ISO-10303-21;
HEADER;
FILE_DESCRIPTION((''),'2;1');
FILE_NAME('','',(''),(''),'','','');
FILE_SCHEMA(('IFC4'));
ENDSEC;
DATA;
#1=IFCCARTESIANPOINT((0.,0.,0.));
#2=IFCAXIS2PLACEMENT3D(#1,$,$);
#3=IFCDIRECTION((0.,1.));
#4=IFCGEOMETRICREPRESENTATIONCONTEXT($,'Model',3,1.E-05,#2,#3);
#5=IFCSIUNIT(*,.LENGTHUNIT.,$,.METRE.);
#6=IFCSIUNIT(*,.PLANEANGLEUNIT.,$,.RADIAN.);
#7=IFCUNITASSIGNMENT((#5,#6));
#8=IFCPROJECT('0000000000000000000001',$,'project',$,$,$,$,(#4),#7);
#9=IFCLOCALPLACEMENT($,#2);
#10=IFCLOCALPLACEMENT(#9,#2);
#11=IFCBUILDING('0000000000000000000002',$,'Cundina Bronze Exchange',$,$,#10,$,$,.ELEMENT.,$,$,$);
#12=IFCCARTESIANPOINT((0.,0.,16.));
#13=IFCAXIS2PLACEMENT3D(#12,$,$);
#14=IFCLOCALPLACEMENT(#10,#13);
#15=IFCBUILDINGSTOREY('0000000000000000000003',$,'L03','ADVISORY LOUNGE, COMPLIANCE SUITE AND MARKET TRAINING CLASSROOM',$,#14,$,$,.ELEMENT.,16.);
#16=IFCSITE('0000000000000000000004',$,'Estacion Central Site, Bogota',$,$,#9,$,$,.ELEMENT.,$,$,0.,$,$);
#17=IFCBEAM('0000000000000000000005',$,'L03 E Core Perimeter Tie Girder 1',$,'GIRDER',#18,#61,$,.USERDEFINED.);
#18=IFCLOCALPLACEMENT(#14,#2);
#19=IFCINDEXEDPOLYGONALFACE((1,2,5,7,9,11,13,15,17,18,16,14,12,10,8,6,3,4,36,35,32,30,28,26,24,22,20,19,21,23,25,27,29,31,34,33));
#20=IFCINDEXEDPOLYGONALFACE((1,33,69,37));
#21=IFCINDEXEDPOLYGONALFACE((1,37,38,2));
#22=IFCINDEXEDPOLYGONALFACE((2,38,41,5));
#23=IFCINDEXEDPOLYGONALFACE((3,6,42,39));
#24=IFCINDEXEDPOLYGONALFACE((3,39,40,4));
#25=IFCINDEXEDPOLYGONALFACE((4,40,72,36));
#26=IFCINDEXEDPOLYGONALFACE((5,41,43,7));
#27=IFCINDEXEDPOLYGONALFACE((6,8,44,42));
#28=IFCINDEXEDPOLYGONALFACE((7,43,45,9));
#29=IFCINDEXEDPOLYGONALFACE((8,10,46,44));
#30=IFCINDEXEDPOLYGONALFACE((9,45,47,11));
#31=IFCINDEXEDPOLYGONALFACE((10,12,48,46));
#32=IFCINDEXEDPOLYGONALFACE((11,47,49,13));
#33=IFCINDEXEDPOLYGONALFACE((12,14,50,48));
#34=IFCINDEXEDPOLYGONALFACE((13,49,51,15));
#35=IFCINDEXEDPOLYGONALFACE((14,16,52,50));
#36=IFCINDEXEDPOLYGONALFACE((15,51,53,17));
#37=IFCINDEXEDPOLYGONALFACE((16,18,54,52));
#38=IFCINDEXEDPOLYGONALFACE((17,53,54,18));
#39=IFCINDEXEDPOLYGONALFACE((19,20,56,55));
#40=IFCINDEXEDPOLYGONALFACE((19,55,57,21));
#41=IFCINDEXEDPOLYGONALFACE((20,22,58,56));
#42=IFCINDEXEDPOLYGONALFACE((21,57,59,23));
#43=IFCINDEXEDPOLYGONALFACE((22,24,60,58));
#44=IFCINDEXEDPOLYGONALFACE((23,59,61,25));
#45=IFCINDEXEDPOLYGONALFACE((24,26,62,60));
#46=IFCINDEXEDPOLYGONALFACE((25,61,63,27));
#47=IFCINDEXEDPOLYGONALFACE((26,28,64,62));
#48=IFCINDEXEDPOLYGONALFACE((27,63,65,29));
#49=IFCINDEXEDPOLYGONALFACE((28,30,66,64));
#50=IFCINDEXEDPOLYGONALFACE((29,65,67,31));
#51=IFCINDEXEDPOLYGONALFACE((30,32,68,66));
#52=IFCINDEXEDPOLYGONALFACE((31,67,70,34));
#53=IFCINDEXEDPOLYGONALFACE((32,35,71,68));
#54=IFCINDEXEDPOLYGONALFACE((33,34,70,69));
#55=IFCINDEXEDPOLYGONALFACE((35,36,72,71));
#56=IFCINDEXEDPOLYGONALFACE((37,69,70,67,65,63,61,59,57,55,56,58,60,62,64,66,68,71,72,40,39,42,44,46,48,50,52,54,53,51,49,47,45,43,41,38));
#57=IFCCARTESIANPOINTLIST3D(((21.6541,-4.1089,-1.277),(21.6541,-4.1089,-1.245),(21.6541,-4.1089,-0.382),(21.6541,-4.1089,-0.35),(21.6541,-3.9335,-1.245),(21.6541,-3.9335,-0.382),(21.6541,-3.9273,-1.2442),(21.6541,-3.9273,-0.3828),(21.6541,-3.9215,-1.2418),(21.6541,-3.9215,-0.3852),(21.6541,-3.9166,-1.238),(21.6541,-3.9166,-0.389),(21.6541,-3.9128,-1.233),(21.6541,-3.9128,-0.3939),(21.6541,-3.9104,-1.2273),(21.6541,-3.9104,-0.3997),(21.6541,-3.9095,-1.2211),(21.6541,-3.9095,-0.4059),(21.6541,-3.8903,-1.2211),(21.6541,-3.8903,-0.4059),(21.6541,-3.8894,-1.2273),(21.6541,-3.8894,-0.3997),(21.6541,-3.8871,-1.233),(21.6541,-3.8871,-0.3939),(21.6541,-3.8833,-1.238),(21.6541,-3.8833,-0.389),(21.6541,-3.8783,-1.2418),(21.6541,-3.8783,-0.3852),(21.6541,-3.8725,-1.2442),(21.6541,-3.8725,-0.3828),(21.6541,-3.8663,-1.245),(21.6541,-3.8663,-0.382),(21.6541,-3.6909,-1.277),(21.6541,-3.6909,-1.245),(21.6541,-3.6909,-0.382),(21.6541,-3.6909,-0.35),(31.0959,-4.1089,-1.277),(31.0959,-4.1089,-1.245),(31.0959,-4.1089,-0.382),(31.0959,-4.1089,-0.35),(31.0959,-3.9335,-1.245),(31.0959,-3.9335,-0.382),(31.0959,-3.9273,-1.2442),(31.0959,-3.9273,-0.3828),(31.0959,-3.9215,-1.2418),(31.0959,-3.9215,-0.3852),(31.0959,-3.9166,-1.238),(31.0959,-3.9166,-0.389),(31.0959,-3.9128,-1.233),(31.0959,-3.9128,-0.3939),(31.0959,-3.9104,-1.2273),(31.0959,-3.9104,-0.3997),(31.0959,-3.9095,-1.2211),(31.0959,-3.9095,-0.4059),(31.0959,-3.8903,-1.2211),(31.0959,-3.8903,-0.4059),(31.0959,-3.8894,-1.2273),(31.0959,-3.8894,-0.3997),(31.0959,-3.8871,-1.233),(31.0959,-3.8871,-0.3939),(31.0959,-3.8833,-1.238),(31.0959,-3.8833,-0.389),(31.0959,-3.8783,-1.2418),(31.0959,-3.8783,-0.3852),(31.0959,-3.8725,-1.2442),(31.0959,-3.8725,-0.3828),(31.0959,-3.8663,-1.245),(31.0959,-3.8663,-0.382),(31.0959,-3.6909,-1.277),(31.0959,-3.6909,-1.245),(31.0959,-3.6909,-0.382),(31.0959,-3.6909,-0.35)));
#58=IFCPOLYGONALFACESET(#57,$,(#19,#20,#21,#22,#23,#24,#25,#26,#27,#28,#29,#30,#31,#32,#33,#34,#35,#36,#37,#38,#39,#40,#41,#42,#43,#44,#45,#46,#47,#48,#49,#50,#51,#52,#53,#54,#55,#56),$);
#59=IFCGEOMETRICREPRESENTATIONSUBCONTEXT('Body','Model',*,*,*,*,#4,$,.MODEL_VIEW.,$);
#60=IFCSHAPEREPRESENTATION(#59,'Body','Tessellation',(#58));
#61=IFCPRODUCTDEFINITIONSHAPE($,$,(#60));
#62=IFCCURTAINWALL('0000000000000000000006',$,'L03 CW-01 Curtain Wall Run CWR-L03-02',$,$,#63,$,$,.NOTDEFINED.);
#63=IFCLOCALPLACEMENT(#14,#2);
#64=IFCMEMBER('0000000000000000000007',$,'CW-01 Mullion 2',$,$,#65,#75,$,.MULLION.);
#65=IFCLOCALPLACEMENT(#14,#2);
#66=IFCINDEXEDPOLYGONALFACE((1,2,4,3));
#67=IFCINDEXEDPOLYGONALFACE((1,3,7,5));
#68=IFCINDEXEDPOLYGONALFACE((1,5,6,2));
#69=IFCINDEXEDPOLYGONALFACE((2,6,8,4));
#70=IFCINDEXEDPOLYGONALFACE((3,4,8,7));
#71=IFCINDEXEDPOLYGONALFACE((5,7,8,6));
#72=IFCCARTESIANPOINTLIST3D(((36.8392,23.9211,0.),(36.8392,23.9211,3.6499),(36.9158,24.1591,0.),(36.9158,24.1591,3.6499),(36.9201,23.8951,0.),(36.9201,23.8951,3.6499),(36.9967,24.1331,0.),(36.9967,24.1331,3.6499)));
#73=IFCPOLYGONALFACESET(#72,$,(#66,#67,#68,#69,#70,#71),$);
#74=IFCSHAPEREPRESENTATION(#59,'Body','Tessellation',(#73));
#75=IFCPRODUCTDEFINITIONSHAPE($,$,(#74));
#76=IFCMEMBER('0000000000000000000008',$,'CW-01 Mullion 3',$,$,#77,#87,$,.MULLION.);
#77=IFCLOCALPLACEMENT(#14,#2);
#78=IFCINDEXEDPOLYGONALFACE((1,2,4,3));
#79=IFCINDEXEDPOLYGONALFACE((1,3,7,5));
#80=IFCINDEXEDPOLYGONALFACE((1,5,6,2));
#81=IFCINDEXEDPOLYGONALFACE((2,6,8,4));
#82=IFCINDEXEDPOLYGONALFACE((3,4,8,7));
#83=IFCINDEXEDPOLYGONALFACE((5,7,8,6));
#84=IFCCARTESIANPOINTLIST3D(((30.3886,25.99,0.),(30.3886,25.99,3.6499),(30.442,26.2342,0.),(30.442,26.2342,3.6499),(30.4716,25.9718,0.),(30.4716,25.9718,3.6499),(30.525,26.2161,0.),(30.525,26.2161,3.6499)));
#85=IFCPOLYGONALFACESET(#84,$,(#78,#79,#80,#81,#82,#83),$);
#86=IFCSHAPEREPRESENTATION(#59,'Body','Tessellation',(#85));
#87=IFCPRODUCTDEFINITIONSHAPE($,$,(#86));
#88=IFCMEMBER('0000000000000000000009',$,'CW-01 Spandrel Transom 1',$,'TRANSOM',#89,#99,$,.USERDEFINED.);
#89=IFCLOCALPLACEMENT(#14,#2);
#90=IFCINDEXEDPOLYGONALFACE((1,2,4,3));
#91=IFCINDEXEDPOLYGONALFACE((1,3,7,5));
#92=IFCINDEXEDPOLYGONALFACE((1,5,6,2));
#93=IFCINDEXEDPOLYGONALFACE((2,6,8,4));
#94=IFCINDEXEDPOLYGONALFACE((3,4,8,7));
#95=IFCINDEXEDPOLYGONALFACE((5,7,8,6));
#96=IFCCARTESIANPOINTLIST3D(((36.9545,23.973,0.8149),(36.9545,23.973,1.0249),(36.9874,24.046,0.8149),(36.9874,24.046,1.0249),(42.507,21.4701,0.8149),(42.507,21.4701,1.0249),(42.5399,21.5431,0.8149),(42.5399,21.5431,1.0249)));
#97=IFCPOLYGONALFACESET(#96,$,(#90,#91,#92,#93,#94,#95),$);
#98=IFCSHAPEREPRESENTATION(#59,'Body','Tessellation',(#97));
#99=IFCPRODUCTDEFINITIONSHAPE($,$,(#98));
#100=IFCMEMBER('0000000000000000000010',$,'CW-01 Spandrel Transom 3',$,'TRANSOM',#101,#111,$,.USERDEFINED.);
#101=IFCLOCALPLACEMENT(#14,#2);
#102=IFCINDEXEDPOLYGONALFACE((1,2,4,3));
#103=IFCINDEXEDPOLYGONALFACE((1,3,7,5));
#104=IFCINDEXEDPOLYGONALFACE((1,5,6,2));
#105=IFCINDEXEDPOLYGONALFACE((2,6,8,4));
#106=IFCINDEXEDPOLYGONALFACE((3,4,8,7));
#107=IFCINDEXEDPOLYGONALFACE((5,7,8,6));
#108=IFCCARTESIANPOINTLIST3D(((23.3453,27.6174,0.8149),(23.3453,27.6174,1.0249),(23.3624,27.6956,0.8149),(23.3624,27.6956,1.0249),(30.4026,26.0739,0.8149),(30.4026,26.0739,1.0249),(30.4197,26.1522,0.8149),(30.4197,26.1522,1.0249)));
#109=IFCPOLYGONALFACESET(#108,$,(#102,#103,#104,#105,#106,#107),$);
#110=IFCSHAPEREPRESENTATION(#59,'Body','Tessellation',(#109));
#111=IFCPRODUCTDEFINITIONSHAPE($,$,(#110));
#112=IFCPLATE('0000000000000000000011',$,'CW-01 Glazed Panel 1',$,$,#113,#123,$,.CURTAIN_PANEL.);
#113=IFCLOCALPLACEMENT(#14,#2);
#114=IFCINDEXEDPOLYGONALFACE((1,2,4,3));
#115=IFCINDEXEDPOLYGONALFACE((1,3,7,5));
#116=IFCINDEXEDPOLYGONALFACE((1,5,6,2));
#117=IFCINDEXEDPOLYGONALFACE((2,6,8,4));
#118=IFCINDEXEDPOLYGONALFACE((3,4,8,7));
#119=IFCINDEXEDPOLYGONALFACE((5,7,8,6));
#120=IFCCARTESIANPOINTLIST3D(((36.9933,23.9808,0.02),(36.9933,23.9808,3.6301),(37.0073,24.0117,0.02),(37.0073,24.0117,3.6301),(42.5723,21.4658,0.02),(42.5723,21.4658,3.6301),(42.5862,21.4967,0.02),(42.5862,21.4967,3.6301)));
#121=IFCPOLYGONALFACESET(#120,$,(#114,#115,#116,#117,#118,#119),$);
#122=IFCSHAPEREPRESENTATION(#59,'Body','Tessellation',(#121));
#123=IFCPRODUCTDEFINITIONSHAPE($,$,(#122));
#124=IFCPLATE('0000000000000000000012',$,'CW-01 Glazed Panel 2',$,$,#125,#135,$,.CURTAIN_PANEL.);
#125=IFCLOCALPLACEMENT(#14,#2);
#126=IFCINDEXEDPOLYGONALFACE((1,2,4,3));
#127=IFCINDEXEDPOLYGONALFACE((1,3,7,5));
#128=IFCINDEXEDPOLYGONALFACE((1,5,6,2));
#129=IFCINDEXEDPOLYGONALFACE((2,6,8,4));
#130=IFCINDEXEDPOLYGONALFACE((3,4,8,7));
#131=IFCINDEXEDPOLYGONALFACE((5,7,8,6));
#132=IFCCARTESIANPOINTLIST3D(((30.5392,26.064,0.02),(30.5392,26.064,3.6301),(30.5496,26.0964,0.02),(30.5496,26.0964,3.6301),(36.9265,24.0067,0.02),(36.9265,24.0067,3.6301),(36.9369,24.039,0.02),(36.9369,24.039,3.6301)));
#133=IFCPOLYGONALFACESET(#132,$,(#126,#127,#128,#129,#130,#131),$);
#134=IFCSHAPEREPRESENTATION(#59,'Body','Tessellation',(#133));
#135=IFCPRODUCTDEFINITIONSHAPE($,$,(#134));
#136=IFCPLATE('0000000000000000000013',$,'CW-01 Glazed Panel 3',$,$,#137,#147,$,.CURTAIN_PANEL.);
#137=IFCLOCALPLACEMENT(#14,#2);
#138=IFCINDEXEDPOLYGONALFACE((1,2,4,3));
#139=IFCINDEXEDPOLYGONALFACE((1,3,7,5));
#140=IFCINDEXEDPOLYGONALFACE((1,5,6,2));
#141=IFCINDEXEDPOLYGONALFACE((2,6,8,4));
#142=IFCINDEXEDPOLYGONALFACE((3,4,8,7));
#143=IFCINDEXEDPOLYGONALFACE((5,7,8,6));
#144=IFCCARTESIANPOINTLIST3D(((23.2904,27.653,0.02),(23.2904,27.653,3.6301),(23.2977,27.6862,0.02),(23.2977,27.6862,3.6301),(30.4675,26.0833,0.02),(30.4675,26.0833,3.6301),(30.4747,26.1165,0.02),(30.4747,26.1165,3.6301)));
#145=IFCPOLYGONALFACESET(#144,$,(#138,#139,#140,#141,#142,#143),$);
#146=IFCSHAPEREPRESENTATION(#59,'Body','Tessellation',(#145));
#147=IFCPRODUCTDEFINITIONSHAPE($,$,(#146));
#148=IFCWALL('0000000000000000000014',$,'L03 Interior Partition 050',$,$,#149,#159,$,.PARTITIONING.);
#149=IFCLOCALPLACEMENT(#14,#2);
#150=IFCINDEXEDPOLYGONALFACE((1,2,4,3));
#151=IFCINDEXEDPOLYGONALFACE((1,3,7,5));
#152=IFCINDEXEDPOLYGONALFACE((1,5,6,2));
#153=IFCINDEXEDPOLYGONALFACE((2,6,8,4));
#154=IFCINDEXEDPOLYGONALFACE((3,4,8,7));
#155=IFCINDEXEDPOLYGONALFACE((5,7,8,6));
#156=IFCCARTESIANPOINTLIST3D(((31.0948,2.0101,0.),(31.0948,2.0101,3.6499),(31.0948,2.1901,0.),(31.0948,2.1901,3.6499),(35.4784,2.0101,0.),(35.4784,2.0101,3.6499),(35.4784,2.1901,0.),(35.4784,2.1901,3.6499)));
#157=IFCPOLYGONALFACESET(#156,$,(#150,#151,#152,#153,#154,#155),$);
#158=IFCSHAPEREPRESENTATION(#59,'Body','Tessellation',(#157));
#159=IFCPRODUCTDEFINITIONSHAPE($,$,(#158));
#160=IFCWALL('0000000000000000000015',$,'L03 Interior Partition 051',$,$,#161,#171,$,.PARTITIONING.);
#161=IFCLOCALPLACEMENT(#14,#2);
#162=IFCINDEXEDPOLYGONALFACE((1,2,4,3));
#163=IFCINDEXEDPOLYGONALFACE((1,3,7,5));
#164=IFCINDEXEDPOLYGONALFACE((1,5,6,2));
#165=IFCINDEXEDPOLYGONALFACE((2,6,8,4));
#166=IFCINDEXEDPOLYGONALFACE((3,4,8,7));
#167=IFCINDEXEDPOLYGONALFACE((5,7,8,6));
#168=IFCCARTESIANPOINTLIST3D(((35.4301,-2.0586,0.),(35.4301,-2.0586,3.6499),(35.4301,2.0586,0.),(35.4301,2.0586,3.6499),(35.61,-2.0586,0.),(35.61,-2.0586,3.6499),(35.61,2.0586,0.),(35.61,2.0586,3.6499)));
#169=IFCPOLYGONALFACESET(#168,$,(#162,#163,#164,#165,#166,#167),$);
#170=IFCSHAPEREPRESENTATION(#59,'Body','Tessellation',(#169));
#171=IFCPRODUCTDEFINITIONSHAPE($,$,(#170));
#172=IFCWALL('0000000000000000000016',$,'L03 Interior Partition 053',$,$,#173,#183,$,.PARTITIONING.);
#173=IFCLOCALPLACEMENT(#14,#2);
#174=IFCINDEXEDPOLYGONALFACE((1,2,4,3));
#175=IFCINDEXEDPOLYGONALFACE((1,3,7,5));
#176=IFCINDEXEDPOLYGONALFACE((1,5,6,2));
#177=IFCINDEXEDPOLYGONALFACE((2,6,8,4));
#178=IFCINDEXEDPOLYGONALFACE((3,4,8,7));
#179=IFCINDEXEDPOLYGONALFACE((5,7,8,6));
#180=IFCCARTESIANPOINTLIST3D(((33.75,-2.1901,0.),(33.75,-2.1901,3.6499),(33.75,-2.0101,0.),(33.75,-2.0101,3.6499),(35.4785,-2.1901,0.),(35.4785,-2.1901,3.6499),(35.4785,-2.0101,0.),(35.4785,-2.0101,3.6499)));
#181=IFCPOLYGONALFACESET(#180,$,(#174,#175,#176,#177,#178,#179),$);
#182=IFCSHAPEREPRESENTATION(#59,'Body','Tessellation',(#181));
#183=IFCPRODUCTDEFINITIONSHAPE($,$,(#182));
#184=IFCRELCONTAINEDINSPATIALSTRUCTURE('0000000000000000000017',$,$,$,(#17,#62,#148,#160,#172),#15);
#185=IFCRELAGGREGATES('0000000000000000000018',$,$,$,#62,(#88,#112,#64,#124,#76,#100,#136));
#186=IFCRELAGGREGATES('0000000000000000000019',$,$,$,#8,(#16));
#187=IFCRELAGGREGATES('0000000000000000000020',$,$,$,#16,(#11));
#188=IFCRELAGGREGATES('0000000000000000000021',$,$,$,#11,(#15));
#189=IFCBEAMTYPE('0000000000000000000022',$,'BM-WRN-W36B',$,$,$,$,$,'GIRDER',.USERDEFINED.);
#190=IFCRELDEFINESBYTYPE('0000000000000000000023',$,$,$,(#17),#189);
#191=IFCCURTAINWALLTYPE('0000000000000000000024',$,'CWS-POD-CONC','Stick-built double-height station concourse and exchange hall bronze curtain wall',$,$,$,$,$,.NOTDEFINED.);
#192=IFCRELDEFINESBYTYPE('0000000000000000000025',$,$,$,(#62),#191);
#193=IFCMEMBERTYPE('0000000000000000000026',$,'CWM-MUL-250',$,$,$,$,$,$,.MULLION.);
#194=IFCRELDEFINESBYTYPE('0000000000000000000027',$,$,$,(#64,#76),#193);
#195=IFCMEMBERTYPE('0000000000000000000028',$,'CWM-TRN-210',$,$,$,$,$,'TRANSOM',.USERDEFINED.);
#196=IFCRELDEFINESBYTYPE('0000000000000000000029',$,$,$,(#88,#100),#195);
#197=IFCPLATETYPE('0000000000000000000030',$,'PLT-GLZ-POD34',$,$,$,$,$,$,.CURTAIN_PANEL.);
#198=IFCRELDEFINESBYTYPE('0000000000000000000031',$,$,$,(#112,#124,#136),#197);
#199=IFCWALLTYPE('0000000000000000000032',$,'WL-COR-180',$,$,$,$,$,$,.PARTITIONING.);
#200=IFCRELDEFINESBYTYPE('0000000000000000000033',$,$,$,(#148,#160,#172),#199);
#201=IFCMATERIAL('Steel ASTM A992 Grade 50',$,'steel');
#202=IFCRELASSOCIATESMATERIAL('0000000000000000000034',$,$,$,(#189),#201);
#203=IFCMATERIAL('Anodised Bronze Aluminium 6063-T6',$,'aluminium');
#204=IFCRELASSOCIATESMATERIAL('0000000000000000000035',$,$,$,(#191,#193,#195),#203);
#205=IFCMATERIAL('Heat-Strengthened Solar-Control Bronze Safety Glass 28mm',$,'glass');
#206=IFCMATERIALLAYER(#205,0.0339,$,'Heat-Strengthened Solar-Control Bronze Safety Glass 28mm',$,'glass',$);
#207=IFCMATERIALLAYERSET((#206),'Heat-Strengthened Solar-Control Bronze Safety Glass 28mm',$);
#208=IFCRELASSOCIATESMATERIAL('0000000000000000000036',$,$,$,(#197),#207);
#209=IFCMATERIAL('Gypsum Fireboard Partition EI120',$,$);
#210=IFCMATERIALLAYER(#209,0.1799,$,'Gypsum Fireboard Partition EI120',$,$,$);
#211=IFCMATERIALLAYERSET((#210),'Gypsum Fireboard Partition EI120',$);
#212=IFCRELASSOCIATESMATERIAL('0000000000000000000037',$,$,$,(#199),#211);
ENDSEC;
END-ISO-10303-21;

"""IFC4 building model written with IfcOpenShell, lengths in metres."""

from ifc_helpers import new_model, si_unit, direction, frame, frame_2d, origin, origin_2d, place, context, subcontext, project, spatial, rectangle, i_section, extrude, material, layer, layer_set, material_profile, profile_set, type_object, element, aggregate, save


model = new_model("IFC4")

# Units and contexts
model_context = context("Model", 3, precision=1e-05, world=origin(), true_north=direction((0.0, 1.0)))
body_context = subcontext(model_context, "Body", "Model", "MODEL_VIEW")
ifc_project = project(units=[si_unit("LENGTHUNIT", "METRE"), si_unit("PLANEANGLEUNIT", "RADIAN")], contexts=[model_context])

# Site, building, storey
site_placement = place(None, origin())
site = spatial("IfcSite", under=ifc_project, at=site_placement, Name="Estacion Central Site, Bogota", CompositionType="ELEMENT", RefElevation=0.0)
building_placement = place(site_placement, origin())
building = spatial("IfcBuilding", under=site, at=building_placement, Name="Cundina Bronze Exchange", CompositionType="ELEMENT")
storey_placement = place(building_placement, frame((0.0, 0.0, 16.0)))
storey = spatial("IfcBuildingStorey", under=building, at=storey_placement, Name="L03", Description="ADVISORY LOUNGE, COMPLIANCE SUITE AND MARKET TRAINING CLASSROOM", CompositionType="ELEMENT", Elevation=16.0)

# Shared definitions
ifc_material_1 = material(Name="Steel ASTM A992 Grade 50", Category="steel")

# Beam
ifc_material_profile_1 = material_profile(ifc_material_1, i_section(OverallWidth=0.418, OverallDepth=0.927, WebThickness=0.0193, FlangeThickness=0.032, FilletRadius=0.0239, at=origin_2d()), Name="W36X231", Category="steel")
ifc_profile_set_1 = profile_set([ifc_material_profile_1], Name="Steel ASTM A992 Grade 50")
beam_type_1 = type_object("IfcBeamType", Name="BM-WRN-W36B", ElementType="GIRDER", PredefinedType="USERDEFINED", material=ifc_profile_set_1)
beam_1_placement = place(storey_placement, frame((31.0959, -3.8999, -0.8135), z_axis=(-1.0, 0.0, 0.0), x_axis=(0.0, -1.0, 0.0)))
element("IfcBeam", 1, at=beam_1_placement, inside=storey, type_object=beam_type_1, Name="L03 E Core Perimeter Tie Girder 1", ObjectType="GIRDER", PredefinedType="USERDEFINED", context=body_context, shape_type="SweptSolid", body=[
    extrude(i_section(OverallWidth=0.418, OverallDepth=0.927, WebThickness=0.0193, FlangeThickness=0.032, FilletRadius=0.0239, at=origin_2d()), origin(), (0.0, 0.0, 1.0), 9.4419),
])

# Curtain wall, members, plates
ifc_material_2 = material(Name="Anodised Bronze Aluminium 6063-T6", Category="aluminium")
curtain_wall_type = type_object("IfcCurtainWallType", Name="CWS-POD-CONC", Description="Stick-built double-height station concourse and exchange hall bronze curtain wall", PredefinedType="NOTDEFINED", material=ifc_material_2)
curtain_wall_placement = place(storey_placement, origin())
curtain_wall = element("IfcCurtainWall", 2, at=curtain_wall_placement, inside=storey, type_object=curtain_wall_type, Name="L03 CW-01 Curtain Wall Run CWR-L03-02", PredefinedType="NOTDEFINED")
ifc_material_profile_2 = material_profile(ifc_material_2, rectangle(XDim=0.085, YDim=0.25, at=origin_2d()), Name="AL85X250", Category="aluminium")
ifc_profile_set_2 = profile_set([ifc_material_profile_2], Name="Anodised Bronze Aluminium 6063-T6")
member_type_1 = type_object("IfcMemberType", Name="CWM-MUL-250", PredefinedType="MULLION", material=ifc_profile_set_2)
member_1_placement = place(storey_placement, frame((36.918, 24.0271, 0.0), z_axis=(0.0, 0.0, 1.0), x_axis=(-0.951862, 0.306526, 0.0)))
member_1 = element("IfcMember", 3, at=member_1_placement, type_object=member_type_1, Name="CW-01 Mullion 2", PredefinedType="MULLION", context=body_context, shape_type="SweptSolid", body=[
    extrude(rectangle(XDim=0.085, YDim=0.25, at=origin_2d()), origin(), (0.0, 0.0, 1.0), 3.6499),
])
member_2_placement = place(storey_placement, frame((30.4568, 26.103, 0.0), z_axis=(0.0, 0.0, 1.0), x_axis=(-0.976897, 0.213712, 0.0)))
member_2 = element("IfcMember", 4, at=member_2_placement, type_object=member_type_1, Name="CW-01 Mullion 3", PredefinedType="MULLION", context=body_context, shape_type="SweptSolid", body=[
    extrude(rectangle(XDim=0.085, YDim=0.25, at=origin_2d()), origin(), (0.0, 0.0, 1.0), 3.6499),
])
ifc_material_profile_3 = material_profile(ifc_material_2, rectangle(XDim=0.0801, YDim=0.21, at=origin_2d()), Name="AL80X210", Category="aluminium")
ifc_profile_set_3 = profile_set([ifc_material_profile_3], Name="Anodised Bronze Aluminium 6063-T6")
member_type_2 = type_object("IfcMemberType", Name="CWM-TRN-210", ElementType="TRANSOM", PredefinedType="USERDEFINED", material=ifc_profile_set_3)
member_3_placement = place(storey_placement, frame((42.5234, 21.5066, 0.9199), z_axis=(-0.911657, 0.410953, 0.0), x_axis=(-0.410953, -0.911657, 0.0)))
member_3 = element("IfcMember", 5, at=member_3_placement, type_object=member_type_2, Name="CW-01 Spandrel Transom 1", ObjectType="TRANSOM", PredefinedType="USERDEFINED", context=body_context, shape_type="SweptSolid", body=[
    extrude(rectangle(XDim=0.0801, YDim=0.21, at=origin_2d()), origin(), (0.0, 0.0, 1.0), 6.0906),
])
member_4_placement = place(storey_placement, frame((30.4111, 26.113, 0.9199), z_axis=(-0.97691, 0.213652, 0.0), x_axis=(-0.213652, -0.97691, 0.0)))
member_4 = element("IfcMember", 6, at=member_4_placement, type_object=member_type_2, Name="CW-01 Spandrel Transom 3", ObjectType="TRANSOM", PredefinedType="USERDEFINED", context=body_context, shape_type="SweptSolid", body=[
    extrude(rectangle(XDim=0.0801, YDim=0.21, at=origin_2d()), origin(), (0.0, 0.0, 1.0), 7.2241),
])
ifc_material_3 = material(Name="Heat-Strengthened Solar-Control Bronze Safety Glass 28mm", Category="glass")
ifc_layer_1 = layer(ifc_material_3, 0.0339, Name="Heat-Strengthened Solar-Control Bronze Safety Glass 28mm", Category="glass")
ifc_layer_set_1 = layer_set([ifc_layer_1], Name="Heat-Strengthened Solar-Control Bronze Safety Glass 28mm")
plate_type = type_object("IfcPlateType", Name="PLT-GLZ-POD34", PredefinedType="CURTAIN_PANEL", material=ifc_layer_set_1)
plate_1_placement = place(storey_placement, frame((39.7898, 22.7388, 0.02), z_axis=(0.0, 0.0, 1.0), x_axis=(-0.911647, 0.410973, 0.0)))
plate_1 = element("IfcPlate", 7, at=plate_1_placement, type_object=plate_type, Name="CW-01 Glazed Panel 1", PredefinedType="CURTAIN_PANEL", context=body_context, shape_type="SweptSolid", body=[
    extrude(rectangle(XDim=6.1196, YDim=0.0339, at=origin_2d()), origin(), (0.0, 0.0, 1.0), 3.6101),
])
plate_2_placement = place(storey_placement, frame((33.738, 25.0515, 0.02), z_axis=(0.0, 0.0, 1.0), x_axis=(-0.951841, 0.306593, 0.0)))
plate_2 = element("IfcPlate", 8, at=plate_2_placement, type_object=plate_type, Name="CW-01 Glazed Panel 2", PredefinedType="CURTAIN_PANEL", context=body_context, shape_type="SweptSolid", body=[
    extrude(rectangle(XDim=6.7104, YDim=0.0339, at=origin_2d()), origin(), (0.0, 0.0, 1.0), 3.6101),
])
plate_3_placement = place(storey_placement, frame((26.8826, 26.8848, 0.02), z_axis=(0.0, 0.0, 1.0), x_axis=(-0.976908, 0.213661, 0.0)))
plate_3 = element("IfcPlate", 9, at=plate_3_placement, type_object=plate_type, Name="CW-01 Glazed Panel 3", PredefinedType="CURTAIN_PANEL", context=body_context, shape_type="SweptSolid", body=[
    extrude(rectangle(XDim=7.3467, YDim=0.0339, at=origin_2d()), origin(), (0.0, 0.0, 1.0), 3.6101),
])
aggregate(curtain_wall, [member_3, plate_1, member_1, plate_2, member_2, member_4, plate_3])

# Shared definitions
ifc_material_4 = material(Name="Gypsum Fireboard Partition EI120")
ifc_layer_2 = layer(ifc_material_4, 0.1799, Name="Gypsum Fireboard Partition EI120")
ifc_layer_set_2 = layer_set([ifc_layer_2], Name="Gypsum Fireboard Partition EI120")
wall_type_1 = type_object("IfcWallType", Name="WL-COR-180", PredefinedType="PARTITIONING", material=ifc_layer_set_2)

# Walls
wall_1_placement = place(storey_placement, frame((35.4785, 2.1001, 0.0), z_axis=(0.0, 0.0, 1.0), x_axis=(-1.0, 0.0, 0.0)))
element("IfcWall", 10, at=wall_1_placement, inside=storey, type_object=wall_type_1, Name="L03 Interior Partition 050", PredefinedType="PARTITIONING", context=body_context, shape_type="SweptSolid", body=[
    extrude(rectangle(XDim=4.3835, YDim=0.1799, at=frame_2d((2.1919, 0.0))), origin(), (0.0, 0.0, 1.0), 3.6499),
])
wall_2_placement = place(storey_placement, frame((35.52, -2.0586, 0.0), z_axis=(0.0, 0.0, 1.0), x_axis=(0.0, 1.0, 0.0)))
element("IfcWall", 11, at=wall_2_placement, inside=storey, type_object=wall_type_1, Name="L03 Interior Partition 051", PredefinedType="PARTITIONING", context=body_context, shape_type="SweptSolid", body=[
    extrude(rectangle(XDim=4.1172, YDim=0.1799, at=frame_2d((2.0586, 0.0))), origin(), (0.0, 0.0, 1.0), 3.6499),
])
wall_3_placement = place(storey_placement, frame((33.75, -2.1001, 0.0), z_axis=(0.0, 0.0, 1.0), x_axis=(1.0, 0.0, 0.0)))
element("IfcWall", 12, at=wall_3_placement, inside=storey, type_object=wall_type_1, Name="L03 Interior Partition 053", PredefinedType="PARTITIONING", context=body_context, shape_type="SweptSolid", body=[
    extrude(rectangle(XDim=1.7285, YDim=0.1799, at=frame_2d((0.8643, 0.0))), origin(), (0.0, 0.0, 1.0), 3.6499),
])

save(model, "model.ifc")
